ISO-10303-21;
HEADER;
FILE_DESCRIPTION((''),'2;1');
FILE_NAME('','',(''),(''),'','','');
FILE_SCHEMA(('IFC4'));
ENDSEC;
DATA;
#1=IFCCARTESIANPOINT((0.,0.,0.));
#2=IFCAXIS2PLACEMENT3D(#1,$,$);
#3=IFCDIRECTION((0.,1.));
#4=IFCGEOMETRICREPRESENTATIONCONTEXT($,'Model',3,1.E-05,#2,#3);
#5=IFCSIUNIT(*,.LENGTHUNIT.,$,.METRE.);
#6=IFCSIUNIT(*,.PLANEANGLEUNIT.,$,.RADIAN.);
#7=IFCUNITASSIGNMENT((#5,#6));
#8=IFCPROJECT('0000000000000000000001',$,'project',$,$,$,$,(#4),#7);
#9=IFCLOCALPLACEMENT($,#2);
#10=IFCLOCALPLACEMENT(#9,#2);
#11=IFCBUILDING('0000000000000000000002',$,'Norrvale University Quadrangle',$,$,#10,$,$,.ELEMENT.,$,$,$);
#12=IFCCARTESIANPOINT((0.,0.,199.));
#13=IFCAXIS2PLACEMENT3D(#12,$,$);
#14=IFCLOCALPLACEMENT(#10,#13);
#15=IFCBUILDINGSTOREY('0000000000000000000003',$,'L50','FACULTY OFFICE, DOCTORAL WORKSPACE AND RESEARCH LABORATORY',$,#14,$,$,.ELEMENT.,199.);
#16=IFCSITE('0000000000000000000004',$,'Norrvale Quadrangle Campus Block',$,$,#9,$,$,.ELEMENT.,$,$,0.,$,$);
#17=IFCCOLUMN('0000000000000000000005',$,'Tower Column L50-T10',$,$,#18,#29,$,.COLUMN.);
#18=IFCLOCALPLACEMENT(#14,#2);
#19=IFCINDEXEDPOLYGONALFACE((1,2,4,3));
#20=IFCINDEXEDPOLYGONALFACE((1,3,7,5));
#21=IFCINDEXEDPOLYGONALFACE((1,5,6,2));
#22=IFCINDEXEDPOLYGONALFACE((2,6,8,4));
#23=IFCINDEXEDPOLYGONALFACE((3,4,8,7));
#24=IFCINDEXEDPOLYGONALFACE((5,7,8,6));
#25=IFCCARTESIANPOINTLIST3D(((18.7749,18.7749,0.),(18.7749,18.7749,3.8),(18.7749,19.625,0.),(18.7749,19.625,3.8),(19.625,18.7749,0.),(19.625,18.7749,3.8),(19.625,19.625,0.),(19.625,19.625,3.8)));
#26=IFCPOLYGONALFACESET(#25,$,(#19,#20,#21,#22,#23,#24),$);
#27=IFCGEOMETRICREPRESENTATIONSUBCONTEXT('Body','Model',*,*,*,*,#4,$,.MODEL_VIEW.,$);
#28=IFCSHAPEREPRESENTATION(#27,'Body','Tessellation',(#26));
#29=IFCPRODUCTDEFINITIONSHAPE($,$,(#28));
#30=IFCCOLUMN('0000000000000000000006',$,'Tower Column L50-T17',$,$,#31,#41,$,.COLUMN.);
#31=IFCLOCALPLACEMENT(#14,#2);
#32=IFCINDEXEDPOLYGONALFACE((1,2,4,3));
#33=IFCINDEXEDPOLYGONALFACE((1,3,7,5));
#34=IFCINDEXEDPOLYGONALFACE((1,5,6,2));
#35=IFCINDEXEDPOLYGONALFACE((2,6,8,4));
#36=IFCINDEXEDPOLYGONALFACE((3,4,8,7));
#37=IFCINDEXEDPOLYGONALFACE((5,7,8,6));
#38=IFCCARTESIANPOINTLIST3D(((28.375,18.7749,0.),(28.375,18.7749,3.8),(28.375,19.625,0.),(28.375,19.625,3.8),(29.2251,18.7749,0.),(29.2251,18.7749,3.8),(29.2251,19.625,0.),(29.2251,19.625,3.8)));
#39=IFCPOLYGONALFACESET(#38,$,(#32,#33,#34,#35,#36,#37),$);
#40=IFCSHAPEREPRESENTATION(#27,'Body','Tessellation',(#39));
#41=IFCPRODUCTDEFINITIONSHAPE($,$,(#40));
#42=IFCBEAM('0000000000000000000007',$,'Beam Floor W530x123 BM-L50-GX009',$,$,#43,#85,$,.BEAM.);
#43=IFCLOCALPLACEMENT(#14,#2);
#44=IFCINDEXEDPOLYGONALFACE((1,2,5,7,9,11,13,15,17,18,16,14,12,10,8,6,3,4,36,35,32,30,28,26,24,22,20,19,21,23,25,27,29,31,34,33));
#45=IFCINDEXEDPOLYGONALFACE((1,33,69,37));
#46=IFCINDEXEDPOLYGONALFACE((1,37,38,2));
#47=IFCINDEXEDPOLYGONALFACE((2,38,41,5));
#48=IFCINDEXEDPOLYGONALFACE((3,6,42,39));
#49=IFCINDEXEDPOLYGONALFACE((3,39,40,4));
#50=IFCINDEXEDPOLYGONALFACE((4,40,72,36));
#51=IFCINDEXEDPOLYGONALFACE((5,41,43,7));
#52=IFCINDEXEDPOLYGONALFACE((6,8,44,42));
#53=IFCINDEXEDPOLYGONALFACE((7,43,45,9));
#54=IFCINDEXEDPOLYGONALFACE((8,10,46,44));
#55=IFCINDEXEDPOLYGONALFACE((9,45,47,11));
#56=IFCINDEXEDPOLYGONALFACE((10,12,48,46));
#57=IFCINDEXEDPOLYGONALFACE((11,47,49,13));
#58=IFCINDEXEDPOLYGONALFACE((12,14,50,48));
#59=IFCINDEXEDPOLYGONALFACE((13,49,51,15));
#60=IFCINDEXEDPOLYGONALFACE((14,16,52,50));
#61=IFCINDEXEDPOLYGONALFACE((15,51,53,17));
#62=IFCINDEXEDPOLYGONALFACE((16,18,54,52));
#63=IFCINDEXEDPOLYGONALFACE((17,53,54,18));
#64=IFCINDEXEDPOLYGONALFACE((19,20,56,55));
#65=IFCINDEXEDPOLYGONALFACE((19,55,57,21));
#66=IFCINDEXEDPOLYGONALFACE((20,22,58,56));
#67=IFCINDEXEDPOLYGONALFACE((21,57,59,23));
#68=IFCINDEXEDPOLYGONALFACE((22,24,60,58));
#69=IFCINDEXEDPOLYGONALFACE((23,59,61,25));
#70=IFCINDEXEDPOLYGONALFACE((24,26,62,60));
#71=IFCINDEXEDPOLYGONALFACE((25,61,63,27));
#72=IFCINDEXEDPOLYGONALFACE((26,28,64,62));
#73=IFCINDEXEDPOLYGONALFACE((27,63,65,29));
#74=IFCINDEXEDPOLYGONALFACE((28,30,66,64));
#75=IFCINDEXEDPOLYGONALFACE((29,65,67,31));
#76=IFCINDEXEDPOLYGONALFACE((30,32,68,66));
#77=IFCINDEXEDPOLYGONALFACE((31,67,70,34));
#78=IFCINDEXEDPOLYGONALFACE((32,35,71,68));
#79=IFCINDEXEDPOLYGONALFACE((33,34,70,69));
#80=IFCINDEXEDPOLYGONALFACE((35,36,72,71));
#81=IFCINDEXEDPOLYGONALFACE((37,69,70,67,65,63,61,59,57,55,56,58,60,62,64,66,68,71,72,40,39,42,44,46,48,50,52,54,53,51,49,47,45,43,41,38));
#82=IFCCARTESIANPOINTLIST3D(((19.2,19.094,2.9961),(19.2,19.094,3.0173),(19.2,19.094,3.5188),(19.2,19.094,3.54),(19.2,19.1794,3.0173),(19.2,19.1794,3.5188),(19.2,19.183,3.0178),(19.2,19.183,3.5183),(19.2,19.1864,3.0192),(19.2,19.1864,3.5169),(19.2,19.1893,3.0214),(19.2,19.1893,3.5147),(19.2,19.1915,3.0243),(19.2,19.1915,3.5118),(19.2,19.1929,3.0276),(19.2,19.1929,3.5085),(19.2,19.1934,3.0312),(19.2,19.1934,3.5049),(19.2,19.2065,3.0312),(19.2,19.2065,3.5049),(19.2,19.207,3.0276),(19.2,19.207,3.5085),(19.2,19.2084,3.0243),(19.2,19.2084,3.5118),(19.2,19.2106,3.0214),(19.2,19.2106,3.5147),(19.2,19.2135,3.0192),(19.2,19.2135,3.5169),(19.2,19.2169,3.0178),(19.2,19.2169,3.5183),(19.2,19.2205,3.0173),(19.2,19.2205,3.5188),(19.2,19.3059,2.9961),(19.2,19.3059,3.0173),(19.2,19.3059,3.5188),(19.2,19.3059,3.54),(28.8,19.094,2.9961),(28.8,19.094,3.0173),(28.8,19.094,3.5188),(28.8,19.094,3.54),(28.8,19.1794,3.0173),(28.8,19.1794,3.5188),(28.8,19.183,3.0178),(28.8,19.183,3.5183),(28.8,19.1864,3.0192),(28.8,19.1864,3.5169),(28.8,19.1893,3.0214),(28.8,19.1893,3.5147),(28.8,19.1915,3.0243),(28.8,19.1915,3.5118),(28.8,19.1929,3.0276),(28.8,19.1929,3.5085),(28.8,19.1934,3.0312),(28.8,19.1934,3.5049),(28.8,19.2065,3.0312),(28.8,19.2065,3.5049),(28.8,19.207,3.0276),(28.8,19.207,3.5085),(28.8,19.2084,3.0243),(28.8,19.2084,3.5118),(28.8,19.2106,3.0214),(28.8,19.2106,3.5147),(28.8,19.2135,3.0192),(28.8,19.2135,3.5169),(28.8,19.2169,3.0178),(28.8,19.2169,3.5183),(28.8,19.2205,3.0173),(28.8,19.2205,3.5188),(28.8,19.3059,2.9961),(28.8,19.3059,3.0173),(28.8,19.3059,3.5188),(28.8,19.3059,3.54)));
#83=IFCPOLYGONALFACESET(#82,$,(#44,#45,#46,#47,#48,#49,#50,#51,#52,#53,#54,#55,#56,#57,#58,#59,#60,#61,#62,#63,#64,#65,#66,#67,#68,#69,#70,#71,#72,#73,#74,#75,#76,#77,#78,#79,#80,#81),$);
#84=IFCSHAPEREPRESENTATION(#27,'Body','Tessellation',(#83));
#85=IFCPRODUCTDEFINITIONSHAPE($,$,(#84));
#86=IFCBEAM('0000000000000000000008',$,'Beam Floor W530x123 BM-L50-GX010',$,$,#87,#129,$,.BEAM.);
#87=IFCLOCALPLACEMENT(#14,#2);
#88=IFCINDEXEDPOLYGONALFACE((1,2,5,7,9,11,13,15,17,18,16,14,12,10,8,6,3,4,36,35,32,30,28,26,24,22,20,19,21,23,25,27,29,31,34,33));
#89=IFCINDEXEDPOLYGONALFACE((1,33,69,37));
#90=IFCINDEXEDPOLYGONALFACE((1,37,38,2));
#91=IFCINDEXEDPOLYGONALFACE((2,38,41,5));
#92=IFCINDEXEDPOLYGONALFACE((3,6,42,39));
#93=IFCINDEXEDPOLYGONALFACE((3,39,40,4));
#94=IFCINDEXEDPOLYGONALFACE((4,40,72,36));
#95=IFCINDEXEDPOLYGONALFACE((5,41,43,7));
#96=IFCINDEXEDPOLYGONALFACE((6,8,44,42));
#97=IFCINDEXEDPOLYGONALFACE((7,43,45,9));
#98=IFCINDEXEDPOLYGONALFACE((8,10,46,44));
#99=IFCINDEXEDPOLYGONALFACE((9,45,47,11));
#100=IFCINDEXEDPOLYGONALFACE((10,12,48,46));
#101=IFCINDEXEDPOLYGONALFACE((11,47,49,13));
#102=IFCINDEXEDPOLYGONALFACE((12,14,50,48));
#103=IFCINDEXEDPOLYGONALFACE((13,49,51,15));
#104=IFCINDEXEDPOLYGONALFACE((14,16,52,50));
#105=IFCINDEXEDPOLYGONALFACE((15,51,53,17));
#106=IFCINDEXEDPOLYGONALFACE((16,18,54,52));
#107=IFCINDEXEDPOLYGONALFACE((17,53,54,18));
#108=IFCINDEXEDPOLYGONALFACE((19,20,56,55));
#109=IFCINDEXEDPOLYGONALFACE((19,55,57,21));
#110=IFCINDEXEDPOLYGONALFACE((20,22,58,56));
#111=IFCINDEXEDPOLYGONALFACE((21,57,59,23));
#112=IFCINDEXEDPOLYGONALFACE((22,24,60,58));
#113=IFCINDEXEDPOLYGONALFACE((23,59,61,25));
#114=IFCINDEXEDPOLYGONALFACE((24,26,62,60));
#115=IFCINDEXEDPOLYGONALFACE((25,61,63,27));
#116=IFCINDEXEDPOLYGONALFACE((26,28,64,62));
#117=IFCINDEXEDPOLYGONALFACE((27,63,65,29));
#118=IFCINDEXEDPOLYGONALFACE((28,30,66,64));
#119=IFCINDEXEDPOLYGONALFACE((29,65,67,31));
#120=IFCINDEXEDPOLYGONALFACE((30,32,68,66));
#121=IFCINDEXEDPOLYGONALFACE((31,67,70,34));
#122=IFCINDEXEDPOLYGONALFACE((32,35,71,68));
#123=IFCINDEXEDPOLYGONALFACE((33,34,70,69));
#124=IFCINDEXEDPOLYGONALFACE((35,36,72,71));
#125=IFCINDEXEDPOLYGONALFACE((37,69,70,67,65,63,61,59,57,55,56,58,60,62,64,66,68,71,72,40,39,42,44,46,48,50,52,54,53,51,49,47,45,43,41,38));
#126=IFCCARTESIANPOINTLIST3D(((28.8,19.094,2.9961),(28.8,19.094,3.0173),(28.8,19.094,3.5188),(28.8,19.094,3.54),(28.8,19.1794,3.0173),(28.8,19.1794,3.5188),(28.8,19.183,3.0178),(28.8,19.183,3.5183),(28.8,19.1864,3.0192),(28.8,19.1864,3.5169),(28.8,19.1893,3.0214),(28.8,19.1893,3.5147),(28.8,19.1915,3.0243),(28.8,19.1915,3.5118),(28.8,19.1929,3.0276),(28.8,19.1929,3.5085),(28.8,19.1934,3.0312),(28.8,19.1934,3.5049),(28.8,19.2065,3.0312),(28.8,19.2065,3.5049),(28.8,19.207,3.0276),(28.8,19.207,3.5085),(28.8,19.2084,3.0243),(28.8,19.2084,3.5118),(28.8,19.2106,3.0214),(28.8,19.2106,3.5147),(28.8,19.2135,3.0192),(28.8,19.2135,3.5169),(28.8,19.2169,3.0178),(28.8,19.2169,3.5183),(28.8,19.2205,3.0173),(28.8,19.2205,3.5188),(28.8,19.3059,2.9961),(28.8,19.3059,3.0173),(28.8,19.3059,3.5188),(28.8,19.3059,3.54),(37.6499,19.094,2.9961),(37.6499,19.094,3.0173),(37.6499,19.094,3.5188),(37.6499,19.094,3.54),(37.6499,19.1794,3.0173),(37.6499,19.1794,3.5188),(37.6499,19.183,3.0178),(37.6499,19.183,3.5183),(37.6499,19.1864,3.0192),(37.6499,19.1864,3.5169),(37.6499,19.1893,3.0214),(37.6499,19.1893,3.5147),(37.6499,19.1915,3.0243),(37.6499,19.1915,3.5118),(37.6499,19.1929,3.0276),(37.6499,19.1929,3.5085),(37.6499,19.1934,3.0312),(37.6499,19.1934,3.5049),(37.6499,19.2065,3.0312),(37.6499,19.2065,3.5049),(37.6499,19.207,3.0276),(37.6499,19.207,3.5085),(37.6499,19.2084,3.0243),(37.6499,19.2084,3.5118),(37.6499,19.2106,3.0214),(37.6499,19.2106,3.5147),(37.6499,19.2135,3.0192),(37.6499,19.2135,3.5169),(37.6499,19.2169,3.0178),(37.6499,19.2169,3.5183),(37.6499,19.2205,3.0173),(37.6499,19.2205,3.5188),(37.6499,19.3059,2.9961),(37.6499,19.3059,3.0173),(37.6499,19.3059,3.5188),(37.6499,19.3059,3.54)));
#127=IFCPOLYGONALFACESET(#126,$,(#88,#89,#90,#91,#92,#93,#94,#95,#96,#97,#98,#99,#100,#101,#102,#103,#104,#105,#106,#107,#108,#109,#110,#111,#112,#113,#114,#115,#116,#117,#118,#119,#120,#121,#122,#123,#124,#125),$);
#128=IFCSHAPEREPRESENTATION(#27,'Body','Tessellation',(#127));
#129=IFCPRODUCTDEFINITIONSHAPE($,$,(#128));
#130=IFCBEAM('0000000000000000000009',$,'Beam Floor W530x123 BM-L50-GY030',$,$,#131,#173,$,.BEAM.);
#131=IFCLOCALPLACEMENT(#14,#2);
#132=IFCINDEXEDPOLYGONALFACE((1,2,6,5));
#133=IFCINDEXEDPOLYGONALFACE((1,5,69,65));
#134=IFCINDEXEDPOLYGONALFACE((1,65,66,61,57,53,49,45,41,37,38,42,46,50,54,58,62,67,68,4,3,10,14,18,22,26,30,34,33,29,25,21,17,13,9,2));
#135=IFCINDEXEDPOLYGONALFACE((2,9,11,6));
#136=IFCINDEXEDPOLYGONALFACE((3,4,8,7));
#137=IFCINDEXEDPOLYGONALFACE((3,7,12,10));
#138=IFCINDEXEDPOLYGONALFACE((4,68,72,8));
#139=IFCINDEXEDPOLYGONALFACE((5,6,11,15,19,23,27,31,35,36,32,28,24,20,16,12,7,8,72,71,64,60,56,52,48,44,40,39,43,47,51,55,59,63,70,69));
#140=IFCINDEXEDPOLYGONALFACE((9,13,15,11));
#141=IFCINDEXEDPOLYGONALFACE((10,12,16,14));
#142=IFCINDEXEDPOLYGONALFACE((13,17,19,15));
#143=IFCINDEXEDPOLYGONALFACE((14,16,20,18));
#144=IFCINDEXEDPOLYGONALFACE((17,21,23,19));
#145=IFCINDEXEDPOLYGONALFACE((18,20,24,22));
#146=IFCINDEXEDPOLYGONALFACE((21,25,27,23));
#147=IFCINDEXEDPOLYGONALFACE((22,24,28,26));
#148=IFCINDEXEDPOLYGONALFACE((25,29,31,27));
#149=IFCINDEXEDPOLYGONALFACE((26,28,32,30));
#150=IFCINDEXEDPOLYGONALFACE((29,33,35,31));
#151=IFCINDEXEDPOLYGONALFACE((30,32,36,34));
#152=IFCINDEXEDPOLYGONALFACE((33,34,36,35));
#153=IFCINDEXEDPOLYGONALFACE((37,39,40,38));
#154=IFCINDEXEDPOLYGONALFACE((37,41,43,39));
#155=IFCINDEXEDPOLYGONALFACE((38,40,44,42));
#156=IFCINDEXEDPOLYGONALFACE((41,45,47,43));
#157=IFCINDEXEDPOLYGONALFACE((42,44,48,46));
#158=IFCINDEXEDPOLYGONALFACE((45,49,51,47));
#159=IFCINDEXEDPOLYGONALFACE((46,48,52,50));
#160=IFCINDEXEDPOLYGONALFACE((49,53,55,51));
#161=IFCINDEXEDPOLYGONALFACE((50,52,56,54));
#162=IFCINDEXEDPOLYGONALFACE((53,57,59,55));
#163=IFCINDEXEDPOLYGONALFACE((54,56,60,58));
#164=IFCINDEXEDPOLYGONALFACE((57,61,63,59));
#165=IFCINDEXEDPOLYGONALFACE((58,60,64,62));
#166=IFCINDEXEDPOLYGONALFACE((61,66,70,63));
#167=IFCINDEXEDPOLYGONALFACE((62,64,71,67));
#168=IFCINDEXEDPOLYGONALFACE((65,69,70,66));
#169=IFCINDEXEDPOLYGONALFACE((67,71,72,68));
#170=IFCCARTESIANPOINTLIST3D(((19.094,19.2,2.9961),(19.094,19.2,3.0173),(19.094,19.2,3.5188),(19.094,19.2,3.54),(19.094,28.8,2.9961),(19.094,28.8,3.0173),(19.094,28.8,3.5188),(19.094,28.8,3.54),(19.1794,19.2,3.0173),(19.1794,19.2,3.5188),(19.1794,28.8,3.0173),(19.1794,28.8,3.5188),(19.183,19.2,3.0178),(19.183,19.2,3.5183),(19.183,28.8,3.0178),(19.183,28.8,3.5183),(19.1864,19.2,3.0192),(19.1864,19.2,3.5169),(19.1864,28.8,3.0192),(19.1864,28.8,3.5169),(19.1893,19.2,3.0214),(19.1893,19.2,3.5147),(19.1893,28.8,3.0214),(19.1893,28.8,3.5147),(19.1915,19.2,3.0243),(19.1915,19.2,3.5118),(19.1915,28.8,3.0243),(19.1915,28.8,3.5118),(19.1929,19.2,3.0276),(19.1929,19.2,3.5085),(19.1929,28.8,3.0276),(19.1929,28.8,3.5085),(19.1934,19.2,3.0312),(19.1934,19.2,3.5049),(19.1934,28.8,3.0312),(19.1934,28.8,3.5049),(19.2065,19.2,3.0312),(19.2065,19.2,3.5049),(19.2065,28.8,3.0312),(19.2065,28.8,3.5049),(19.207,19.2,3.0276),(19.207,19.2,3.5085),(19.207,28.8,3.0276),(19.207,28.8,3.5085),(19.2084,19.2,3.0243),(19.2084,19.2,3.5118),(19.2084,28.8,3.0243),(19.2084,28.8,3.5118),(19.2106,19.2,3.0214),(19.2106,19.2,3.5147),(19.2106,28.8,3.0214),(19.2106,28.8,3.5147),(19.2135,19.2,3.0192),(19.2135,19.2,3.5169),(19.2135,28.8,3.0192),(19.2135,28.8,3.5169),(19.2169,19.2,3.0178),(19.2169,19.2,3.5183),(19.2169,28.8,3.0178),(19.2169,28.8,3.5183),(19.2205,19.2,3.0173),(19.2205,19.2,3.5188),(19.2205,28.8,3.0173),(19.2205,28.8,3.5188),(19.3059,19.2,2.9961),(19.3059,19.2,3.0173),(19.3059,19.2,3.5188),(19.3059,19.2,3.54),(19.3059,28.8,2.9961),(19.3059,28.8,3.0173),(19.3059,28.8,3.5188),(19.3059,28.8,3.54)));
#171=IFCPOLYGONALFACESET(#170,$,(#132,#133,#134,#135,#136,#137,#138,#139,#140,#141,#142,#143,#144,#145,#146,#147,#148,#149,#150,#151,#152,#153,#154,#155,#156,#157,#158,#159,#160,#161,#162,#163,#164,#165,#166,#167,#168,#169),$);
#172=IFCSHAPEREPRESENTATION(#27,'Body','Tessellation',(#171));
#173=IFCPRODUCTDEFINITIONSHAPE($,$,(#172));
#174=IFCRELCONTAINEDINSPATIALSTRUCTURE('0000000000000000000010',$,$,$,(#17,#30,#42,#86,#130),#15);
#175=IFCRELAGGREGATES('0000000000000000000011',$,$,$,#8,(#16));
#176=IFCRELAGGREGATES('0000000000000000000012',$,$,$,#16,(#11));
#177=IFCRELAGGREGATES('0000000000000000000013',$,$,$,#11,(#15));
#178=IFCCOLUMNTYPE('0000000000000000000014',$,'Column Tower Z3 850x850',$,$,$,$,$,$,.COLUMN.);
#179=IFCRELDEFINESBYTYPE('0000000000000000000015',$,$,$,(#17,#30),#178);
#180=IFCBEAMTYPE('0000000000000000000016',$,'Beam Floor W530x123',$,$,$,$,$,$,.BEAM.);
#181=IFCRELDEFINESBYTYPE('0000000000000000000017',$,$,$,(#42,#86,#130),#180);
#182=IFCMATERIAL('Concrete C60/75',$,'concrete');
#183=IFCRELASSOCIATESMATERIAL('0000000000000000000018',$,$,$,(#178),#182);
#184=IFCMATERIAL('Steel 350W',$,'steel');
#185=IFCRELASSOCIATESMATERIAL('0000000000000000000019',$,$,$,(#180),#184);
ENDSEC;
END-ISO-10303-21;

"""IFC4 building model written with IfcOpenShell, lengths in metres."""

from ifc_helpers import new_model, si_unit, direction, frame, origin, origin_2d, place, context, subcontext, project, spatial, rectangle, i_section, extrude, material, material_profile, profile_set, type_object, element, save


model = new_model("IFC4")

# Units and contexts
model_context = context("Model", 3, precision=1e-05, world=origin(), true_north=direction((0.0, 1.0)))
body_context = subcontext(model_context, "Body", "Model", "MODEL_VIEW")
ifc_project = project(units=[si_unit("LENGTHUNIT", "METRE"), si_unit("PLANEANGLEUNIT", "RADIAN")], contexts=[model_context])

# Site, building, storey
site_placement = place(None, origin())
site = spatial("IfcSite", under=ifc_project, at=site_placement, Name="Norrvale Quadrangle Campus Block", CompositionType="ELEMENT", RefElevation=0.0)
building_placement = place(site_placement, origin())
building = spatial("IfcBuilding", under=site, at=building_placement, Name="Norrvale University Quadrangle", CompositionType="ELEMENT")
storey_placement = place(building_placement, frame((0.0, 0.0, 199.0)))
storey = spatial("IfcBuildingStorey", under=building, at=storey_placement, Name="L50", Description="FACULTY OFFICE, DOCTORAL WORKSPACE AND RESEARCH LABORATORY", CompositionType="ELEMENT", Elevation=199.0)

# Columns
ifc_material_1 = material(Name="Concrete C60/75", Category="concrete")
ifc_material_profile_1 = material_profile(ifc_material_1, rectangle(XDim=0.8501, YDim=0.8501, at=origin_2d()), Name="Concrete C60/75")
ifc_profile_set_1 = profile_set([ifc_material_profile_1], Name="Concrete C60/75")
column_type = type_object("IfcColumnType", Name="Column Tower Z3 850x850", PredefinedType="COLUMN", material=ifc_profile_set_1)
for number, where, z_axis, x_axis, name in (
    (1, (19.2, 19.2, 0.0), (0.0, 0.0, 1.0), (1.0, 0.0, 0.0), "Tower Column L50-T10"),
    (2, (28.8, 19.2, 0.0), (0.0, 0.0, 1.0), (1.0, 0.0, 0.0), "Tower Column L50-T17"),
):
    element("IfcColumn", number, at=place(storey_placement, frame(where, z_axis=z_axis, x_axis=x_axis)), inside=storey, type_object=column_type, Name=name, PredefinedType="COLUMN", context=body_context, shape_type="SweptSolid", body=[
        extrude(rectangle(XDim=0.8501, YDim=0.8501, at=origin_2d()), origin(), (0.0, 0.0, 1.0), 3.8),
    ])

# Beams
ifc_material_2 = material(Name="Steel 350W", Category="steel")
ifc_material_profile_2 = material_profile(ifc_material_2, i_section(OverallWidth=0.2119, OverallDepth=0.5439, WebThickness=0.0132, FlangeThickness=0.0212, FilletRadius=0.0139, at=origin_2d()), Name="Steel 350W")
ifc_profile_set_2 = profile_set([ifc_material_profile_2], Name="Steel 350W")
beam_type_1 = type_object("IfcBeamType", Name="Beam Floor W530x123", PredefinedType="BEAM", material=ifc_profile_set_2)
beam_1_placement = place(storey_placement, frame((19.2, 19.2, 3.2681), z_axis=(1.0, 0.0, 0.0), x_axis=(0.0, 1.0, 0.0)))
element("IfcBeam", 3, at=beam_1_placement, inside=storey, type_object=beam_type_1, Name="Beam Floor W530x123 BM-L50-GX009", PredefinedType="BEAM", context=body_context, shape_type="SweptSolid", body=[
    extrude(i_section(OverallWidth=0.2119, OverallDepth=0.5439, WebThickness=0.0132, FlangeThickness=0.0212, FilletRadius=0.0139, at=origin_2d()), origin(), (0.0, 0.0, 1.0), 9.6001),
])
beam_2_placement = place(storey_placement, frame((28.8, 19.2, 3.2681), z_axis=(1.0, 0.0, 0.0), x_axis=(0.0, 1.0, 0.0)))
element("IfcBeam", 4, at=beam_2_placement, inside=storey, type_object=beam_type_1, Name="Beam Floor W530x123 BM-L50-GX010", PredefinedType="BEAM", context=body_context, shape_type="SweptSolid", body=[
    extrude(i_section(OverallWidth=0.2119, OverallDepth=0.5439, WebThickness=0.0132, FlangeThickness=0.0212, FilletRadius=0.0139, at=origin_2d()), origin(), (0.0, 0.0, 1.0), 8.8499),
])
for number, where, z_axis, x_axis, name in (
    (5, (19.2, 19.2, 3.2681), (0.0, 1.0, 0.0), (-1.0, 0.0, 0.0), "Beam Floor W530x123 BM-L50-GY030"),
):
    element("IfcBeam", number, at=place(storey_placement, frame(where, z_axis=z_axis, x_axis=x_axis)), inside=storey, type_object=beam_type_1, Name=name, PredefinedType="BEAM", context=body_context, shape_type="SweptSolid", body=[
        extrude(i_section(OverallWidth=0.2119, OverallDepth=0.5439, WebThickness=0.0132, FlangeThickness=0.0212, FilletRadius=0.0139, at=origin_2d()), origin(), (0.0, 0.0, 1.0), 9.6001),
    ])

save(model, "model.ifc")
